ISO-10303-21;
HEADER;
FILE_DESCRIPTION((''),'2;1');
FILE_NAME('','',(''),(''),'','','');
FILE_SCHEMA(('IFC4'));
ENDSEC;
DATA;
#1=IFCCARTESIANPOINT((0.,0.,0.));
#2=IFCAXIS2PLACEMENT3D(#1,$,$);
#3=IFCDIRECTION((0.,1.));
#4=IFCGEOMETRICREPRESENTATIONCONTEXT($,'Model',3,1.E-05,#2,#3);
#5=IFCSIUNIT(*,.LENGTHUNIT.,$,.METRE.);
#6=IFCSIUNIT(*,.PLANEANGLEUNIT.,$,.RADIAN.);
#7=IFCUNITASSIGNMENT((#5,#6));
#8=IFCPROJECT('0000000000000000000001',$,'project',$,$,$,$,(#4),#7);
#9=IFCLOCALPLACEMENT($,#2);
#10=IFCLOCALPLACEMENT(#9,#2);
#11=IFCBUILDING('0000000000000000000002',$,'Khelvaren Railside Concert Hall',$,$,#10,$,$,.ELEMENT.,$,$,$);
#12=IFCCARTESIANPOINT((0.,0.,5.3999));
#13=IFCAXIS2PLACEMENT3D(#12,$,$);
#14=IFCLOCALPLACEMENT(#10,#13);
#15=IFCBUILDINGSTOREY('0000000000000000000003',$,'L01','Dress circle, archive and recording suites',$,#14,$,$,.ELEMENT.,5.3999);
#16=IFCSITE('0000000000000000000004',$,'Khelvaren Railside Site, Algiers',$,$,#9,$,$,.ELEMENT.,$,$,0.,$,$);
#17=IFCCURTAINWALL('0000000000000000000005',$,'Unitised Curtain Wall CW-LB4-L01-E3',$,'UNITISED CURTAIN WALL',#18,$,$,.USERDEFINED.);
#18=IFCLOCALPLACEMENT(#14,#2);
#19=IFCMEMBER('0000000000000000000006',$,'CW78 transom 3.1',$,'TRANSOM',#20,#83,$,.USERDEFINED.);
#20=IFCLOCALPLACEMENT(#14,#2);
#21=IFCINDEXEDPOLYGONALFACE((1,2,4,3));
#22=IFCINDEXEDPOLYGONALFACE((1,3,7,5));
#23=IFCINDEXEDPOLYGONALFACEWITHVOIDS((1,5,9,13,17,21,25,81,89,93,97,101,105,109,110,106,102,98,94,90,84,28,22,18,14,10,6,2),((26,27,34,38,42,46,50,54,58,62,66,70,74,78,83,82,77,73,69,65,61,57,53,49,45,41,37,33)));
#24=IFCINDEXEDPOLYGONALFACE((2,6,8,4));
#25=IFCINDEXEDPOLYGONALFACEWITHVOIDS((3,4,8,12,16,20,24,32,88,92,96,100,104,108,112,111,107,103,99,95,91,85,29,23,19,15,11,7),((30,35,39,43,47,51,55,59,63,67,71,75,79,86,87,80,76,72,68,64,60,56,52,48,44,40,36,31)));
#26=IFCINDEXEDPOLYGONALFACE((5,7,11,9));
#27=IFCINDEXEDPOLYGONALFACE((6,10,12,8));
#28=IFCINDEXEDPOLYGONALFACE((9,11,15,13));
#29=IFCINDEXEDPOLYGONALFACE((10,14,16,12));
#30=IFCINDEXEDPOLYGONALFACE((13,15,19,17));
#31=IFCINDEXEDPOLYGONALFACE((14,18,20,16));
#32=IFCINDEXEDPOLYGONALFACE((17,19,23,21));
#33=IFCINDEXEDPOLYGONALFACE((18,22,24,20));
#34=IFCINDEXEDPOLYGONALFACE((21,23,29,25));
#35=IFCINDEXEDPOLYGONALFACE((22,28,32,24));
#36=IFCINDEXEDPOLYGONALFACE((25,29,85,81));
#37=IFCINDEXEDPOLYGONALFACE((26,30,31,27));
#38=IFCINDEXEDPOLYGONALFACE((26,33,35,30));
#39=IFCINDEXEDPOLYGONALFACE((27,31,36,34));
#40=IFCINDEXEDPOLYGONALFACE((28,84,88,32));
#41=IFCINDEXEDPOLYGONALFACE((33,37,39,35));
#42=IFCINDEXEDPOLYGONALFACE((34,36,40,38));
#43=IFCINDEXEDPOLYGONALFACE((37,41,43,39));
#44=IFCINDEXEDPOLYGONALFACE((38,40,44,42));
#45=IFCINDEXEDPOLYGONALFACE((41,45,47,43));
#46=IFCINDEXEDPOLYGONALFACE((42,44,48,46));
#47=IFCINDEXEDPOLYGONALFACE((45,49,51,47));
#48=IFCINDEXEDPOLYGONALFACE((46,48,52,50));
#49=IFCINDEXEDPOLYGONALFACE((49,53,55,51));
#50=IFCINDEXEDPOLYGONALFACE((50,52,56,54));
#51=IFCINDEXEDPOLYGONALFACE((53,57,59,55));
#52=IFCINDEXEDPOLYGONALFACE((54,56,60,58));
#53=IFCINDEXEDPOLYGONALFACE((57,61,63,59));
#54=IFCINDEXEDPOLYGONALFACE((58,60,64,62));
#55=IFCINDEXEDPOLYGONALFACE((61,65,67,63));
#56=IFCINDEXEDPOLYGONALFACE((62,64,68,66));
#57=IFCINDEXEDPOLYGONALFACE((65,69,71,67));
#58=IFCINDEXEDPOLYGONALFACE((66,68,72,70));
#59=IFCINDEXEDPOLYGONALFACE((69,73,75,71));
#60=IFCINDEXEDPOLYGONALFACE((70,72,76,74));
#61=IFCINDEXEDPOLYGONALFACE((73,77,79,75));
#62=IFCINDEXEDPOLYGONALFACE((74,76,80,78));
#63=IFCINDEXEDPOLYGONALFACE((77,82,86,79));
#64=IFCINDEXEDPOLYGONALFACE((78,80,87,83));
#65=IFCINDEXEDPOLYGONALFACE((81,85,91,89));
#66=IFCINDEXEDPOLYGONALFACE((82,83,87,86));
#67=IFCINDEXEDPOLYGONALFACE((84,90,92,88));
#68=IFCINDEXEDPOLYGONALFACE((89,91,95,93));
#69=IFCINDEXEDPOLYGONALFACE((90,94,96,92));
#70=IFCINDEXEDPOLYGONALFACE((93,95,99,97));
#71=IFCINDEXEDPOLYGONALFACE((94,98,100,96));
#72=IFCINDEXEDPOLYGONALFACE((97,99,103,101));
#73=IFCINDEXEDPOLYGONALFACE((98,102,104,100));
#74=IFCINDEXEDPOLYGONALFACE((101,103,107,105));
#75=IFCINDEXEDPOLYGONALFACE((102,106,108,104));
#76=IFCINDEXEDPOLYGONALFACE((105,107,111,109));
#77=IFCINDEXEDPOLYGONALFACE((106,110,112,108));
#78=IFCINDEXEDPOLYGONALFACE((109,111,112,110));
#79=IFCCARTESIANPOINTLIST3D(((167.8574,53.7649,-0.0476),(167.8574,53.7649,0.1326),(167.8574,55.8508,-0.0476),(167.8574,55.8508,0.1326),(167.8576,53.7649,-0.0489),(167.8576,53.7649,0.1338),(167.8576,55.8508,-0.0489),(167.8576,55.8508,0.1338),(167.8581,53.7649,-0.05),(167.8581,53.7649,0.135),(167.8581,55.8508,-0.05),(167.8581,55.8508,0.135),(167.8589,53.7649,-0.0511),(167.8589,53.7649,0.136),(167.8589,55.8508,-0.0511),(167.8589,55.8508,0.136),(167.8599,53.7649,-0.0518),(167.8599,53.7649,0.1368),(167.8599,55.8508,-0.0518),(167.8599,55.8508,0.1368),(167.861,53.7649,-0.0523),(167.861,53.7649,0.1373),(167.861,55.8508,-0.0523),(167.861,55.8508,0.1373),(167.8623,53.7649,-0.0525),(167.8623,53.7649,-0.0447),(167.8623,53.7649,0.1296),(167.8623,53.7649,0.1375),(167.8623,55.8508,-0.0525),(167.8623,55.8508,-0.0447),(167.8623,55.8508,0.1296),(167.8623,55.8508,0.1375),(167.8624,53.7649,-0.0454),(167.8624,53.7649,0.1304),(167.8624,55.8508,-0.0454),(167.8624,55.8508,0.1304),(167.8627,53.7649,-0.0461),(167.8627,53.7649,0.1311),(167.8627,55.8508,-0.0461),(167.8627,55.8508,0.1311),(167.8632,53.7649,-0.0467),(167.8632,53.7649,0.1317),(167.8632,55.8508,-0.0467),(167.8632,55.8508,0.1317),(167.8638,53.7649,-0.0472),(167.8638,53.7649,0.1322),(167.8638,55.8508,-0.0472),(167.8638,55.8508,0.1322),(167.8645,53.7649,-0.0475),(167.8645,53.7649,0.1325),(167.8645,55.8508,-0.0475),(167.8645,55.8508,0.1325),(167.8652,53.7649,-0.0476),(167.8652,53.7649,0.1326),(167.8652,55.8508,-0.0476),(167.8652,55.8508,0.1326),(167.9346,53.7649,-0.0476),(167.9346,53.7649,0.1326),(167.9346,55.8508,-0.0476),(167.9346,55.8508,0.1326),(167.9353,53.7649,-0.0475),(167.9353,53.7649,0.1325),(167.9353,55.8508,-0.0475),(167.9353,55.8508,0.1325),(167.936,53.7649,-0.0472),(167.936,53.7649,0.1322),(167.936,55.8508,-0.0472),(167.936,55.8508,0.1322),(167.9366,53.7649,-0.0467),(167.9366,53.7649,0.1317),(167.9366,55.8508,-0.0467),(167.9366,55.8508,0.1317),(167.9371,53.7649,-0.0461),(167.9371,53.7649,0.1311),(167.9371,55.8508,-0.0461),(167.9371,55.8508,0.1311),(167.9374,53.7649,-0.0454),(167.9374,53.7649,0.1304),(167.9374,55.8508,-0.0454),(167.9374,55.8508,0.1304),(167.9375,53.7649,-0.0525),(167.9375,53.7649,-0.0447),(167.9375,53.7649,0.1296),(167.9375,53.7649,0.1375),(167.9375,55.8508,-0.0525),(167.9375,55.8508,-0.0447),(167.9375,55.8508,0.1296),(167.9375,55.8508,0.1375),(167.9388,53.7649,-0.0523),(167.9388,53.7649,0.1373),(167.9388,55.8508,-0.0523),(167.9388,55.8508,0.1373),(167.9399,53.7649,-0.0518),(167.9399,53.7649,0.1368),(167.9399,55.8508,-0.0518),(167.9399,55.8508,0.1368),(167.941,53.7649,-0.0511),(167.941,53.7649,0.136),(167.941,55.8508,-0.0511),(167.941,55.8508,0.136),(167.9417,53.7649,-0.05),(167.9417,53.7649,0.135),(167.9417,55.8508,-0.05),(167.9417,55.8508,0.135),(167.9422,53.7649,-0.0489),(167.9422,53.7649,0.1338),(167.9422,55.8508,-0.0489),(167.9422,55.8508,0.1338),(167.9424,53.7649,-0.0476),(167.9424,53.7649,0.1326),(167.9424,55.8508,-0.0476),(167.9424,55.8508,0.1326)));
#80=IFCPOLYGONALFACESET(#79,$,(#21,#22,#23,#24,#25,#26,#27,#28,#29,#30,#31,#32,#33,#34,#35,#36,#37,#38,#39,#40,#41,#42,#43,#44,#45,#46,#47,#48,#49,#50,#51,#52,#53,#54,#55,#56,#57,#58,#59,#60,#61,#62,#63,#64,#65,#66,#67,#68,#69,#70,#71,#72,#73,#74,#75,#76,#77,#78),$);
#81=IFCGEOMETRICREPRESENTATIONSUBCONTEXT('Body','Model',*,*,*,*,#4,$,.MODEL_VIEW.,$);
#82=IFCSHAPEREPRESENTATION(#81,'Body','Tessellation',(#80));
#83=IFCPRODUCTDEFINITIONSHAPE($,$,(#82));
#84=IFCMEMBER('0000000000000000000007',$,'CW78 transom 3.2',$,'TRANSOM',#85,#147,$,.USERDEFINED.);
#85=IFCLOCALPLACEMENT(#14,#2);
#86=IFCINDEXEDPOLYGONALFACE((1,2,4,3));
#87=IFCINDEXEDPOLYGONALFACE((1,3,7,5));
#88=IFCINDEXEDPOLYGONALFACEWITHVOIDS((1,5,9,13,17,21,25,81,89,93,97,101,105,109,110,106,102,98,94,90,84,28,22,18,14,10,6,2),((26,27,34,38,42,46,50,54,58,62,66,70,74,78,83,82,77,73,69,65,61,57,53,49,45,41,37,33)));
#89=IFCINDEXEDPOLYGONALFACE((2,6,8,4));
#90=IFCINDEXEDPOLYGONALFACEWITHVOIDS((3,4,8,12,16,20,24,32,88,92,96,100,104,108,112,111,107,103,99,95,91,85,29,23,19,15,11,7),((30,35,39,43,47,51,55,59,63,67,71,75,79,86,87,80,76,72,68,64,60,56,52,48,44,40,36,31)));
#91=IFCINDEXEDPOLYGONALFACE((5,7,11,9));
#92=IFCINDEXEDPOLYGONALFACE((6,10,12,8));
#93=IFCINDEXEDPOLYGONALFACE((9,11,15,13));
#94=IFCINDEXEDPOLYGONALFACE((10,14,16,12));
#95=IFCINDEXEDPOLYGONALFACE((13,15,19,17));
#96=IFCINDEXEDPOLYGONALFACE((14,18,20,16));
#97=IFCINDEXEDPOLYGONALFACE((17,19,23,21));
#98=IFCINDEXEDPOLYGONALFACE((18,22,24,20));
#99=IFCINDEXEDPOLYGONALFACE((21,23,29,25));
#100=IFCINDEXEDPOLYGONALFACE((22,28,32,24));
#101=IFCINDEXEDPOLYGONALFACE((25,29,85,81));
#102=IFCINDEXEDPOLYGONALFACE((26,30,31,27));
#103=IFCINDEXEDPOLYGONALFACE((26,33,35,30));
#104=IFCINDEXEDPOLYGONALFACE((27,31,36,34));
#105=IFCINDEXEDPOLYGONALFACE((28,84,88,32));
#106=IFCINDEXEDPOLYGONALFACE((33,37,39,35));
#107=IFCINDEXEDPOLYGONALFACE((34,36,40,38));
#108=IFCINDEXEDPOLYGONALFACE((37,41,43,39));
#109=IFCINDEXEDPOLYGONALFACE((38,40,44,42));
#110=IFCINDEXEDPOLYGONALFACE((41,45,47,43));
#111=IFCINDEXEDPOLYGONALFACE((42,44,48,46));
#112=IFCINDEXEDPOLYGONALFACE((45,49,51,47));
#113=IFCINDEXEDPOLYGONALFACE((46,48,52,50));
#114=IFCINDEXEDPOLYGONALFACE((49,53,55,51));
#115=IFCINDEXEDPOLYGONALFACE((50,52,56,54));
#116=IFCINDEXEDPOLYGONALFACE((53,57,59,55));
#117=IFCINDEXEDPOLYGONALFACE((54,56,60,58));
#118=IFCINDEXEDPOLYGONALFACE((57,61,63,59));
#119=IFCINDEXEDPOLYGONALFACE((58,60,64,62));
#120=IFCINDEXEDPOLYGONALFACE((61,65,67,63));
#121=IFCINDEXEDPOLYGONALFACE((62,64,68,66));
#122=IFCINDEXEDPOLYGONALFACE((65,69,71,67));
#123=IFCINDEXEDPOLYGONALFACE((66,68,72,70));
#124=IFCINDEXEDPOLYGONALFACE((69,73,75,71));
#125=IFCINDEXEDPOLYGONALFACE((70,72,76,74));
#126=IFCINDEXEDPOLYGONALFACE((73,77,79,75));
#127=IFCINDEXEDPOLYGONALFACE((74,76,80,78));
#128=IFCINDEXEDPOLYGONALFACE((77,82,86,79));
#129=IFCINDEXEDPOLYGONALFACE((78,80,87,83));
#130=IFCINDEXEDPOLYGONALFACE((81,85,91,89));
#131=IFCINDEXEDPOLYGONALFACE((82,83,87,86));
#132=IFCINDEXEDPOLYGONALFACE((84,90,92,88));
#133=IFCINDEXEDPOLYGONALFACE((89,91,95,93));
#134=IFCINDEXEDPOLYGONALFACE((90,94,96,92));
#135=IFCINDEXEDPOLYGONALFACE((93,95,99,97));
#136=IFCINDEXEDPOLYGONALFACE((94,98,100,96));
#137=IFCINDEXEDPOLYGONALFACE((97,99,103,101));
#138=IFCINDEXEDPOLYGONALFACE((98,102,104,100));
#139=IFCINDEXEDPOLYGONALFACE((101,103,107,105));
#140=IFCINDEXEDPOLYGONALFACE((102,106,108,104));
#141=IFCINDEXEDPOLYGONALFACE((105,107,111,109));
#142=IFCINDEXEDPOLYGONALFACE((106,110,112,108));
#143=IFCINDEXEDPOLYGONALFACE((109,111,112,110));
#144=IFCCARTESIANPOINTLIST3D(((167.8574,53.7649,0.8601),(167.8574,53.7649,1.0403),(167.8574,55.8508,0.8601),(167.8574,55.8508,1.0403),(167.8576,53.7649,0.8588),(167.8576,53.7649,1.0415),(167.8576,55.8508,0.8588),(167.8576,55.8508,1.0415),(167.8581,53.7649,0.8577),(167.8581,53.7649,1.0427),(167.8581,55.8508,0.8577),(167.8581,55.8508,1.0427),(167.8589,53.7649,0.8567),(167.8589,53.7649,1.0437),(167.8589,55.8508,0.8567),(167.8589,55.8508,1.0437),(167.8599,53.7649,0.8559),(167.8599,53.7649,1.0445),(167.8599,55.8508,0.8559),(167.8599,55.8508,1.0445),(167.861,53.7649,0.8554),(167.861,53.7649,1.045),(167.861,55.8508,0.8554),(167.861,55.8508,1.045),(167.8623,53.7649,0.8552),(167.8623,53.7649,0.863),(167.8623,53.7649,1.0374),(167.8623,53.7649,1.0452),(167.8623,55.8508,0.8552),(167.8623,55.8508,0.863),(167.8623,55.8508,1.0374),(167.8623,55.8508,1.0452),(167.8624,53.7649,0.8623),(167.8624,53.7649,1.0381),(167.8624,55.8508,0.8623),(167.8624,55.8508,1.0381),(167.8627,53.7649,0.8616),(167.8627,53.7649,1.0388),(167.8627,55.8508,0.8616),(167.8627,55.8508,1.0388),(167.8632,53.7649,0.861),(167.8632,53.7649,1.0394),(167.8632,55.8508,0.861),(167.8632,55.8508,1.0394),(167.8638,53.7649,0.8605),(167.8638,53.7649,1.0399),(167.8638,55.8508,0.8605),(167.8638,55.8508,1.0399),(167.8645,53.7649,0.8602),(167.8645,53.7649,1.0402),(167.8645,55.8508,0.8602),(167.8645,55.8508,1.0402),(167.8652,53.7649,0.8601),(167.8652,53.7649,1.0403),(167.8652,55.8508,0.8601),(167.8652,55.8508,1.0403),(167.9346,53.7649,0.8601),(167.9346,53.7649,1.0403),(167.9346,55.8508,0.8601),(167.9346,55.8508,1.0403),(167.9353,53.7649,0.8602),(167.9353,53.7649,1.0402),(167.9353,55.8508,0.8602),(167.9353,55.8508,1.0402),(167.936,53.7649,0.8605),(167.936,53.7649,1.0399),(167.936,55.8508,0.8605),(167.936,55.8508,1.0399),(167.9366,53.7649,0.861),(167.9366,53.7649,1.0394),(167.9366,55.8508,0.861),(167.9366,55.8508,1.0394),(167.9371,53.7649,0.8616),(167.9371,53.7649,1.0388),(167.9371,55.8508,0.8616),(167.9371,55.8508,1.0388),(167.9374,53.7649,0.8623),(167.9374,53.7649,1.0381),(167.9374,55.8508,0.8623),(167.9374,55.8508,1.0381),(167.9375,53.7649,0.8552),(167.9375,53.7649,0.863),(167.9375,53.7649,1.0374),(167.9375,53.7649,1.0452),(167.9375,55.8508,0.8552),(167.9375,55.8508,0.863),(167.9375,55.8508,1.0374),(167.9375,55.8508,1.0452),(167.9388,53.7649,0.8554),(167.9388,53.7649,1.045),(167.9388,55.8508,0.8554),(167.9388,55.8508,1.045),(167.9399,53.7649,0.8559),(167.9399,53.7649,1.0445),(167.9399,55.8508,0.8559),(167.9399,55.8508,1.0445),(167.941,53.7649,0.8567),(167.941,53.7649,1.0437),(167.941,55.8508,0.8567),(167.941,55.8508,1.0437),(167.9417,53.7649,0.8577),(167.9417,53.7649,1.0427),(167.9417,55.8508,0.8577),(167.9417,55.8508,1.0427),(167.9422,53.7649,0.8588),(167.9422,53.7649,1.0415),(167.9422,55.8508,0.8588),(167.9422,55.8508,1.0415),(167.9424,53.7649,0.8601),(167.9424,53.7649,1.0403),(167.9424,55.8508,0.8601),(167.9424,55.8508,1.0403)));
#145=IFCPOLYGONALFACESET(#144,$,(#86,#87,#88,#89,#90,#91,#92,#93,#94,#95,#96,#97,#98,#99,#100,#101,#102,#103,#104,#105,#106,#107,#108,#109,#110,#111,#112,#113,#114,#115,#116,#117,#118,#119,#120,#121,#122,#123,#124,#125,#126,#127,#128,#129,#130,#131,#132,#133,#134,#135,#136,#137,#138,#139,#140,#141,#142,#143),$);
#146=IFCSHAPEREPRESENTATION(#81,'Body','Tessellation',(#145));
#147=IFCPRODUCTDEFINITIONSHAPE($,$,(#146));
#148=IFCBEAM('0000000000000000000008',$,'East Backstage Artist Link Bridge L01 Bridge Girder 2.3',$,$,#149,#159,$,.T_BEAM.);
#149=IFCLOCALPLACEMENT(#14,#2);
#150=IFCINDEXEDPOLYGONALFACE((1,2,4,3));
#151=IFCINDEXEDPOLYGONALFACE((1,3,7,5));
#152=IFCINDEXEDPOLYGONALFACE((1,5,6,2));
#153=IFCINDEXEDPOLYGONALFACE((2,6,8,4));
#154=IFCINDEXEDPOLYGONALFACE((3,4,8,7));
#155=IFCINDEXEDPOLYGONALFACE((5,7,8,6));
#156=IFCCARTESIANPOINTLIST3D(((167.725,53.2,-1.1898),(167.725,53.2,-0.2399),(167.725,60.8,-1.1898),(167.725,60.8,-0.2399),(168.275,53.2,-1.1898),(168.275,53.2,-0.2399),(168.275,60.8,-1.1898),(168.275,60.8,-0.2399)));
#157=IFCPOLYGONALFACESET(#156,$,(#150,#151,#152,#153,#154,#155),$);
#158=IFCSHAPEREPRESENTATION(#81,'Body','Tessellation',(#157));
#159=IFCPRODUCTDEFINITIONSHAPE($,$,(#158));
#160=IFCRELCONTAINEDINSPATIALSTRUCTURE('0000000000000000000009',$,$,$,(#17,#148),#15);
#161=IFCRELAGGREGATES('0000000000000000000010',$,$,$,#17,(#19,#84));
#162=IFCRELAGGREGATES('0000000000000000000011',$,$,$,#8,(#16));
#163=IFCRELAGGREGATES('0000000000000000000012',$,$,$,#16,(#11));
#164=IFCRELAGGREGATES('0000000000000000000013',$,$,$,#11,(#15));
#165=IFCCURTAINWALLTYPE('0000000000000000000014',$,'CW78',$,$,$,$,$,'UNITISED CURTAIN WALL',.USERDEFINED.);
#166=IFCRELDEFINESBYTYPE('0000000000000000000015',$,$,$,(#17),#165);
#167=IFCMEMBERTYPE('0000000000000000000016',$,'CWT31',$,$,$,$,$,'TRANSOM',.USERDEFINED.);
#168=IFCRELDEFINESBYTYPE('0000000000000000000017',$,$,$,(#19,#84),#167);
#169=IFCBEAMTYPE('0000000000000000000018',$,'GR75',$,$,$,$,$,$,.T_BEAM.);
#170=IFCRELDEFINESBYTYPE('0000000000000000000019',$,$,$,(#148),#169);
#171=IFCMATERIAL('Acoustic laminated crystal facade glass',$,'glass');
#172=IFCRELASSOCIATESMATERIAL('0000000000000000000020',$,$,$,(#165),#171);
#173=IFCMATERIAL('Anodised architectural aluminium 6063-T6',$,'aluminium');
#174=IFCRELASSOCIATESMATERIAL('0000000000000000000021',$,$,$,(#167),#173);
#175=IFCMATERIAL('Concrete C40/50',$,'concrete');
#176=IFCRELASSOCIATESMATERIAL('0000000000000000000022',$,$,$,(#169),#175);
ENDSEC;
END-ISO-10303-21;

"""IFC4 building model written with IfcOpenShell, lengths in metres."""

from ifc_helpers import new_model, si_unit, direction, frame, origin, origin_2d, place, context, subcontext, project, spatial, rectangle, hollow_rectangle, extrude, material, material_profile, profile_set, type_object, element, aggregate, save


model = new_model("IFC4")

# Units and contexts
model_context = context("Model", 3, precision=1e-05, world=origin(), true_north=direction((0.0, 1.0)))
body_context = subcontext(model_context, "Body", "Model", "MODEL_VIEW")
ifc_project = project(units=[si_unit("LENGTHUNIT", "METRE"), si_unit("PLANEANGLEUNIT", "RADIAN")], contexts=[model_context])

# Site, building, storey
site_placement = place(None, origin())
site = spatial("IfcSite", under=ifc_project, at=site_placement, Name="Khelvaren Railside Site, Algiers", CompositionType="ELEMENT", RefElevation=0.0)
building_placement = place(site_placement, origin())
building = spatial("IfcBuilding", under=site, at=building_placement, Name="Khelvaren Railside Concert Hall", CompositionType="ELEMENT")
storey_placement = place(building_placement, frame((0.0, 0.0, 5.3999)))
storey = spatial("IfcBuildingStorey", under=building, at=storey_placement, Name="L01", Description="Dress circle, archive and recording suites", CompositionType="ELEMENT", Elevation=5.3999)

# Shared definitions
ifc_material_1 = material(Name="Acoustic laminated crystal facade glass", Category="glass")
curtain_wall_type = type_object("IfcCurtainWallType", Name="CW78", ElementType="UNITISED CURTAIN WALL", PredefinedType="USERDEFINED", material=ifc_material_1)
ifc_material_2 = material(Name="Anodised architectural aluminium 6063-T6", Category="aluminium")

# Curtain wall
curtain_wall_1_placement = place(storey_placement, origin())
curtain_wall_1 = element("IfcCurtainWall", 1, at=curtain_wall_1_placement, inside=storey, type_object=curtain_wall_type, Name="Unitised Curtain Wall CW-LB4-L01-E3", ObjectType="UNITISED CURTAIN WALL", PredefinedType="USERDEFINED")

# Members
ifc_material_profile_1 = material_profile(ifc_material_2, hollow_rectangle(XDim=0.085, YDim=0.1899, WallThickness=0.0049, InnerFilletRadius=0.0029, OuterFilletRadius=0.0049, at=origin_2d()), Name="CWT 85x190x5")
ifc_profile_set_1 = profile_set([ifc_material_profile_1], Name="Anodised architectural aluminium 6063-T6")
member_type_1 = type_object("IfcMemberType", Name="CWT31", ElementType="TRANSOM", PredefinedType="USERDEFINED", material=ifc_profile_set_1)
member_1_placement = place(storey_placement, frame((167.8999, 55.8508, 0.0425), z_axis=(0.0, -1.0, 0.0), x_axis=(1.0, 0.0, 0.0)))
member_1 = element("IfcMember", 2, at=member_1_placement, type_object=member_type_1, Name="CW78 transom 3.1", ObjectType="TRANSOM", PredefinedType="USERDEFINED", context=body_context, shape_type="SweptSolid", body=[
    extrude(hollow_rectangle(XDim=0.085, YDim=0.1899, WallThickness=0.0049, InnerFilletRadius=0.0029, OuterFilletRadius=0.0049, at=origin_2d()), origin(), (0.0, 0.0, 1.0), 2.0859),
])
member_2_placement = place(storey_placement, frame((167.8999, 55.8508, 0.9502), z_axis=(0.0, -1.0, 0.0), x_axis=(1.0, 0.0, 0.0)))
member_2 = element("IfcMember", 3, at=member_2_placement, type_object=member_type_1, Name="CW78 transom 3.2", ObjectType="TRANSOM", PredefinedType="USERDEFINED", context=body_context, shape_type="SweptSolid", body=[
    extrude(hollow_rectangle(XDim=0.085, YDim=0.1899, WallThickness=0.0049, InnerFilletRadius=0.0029, OuterFilletRadius=0.0049, at=origin_2d()), origin(), (0.0, 0.0, 1.0), 2.0859),
])

# Beam
ifc_material_3 = material(Name="Concrete C40/50", Category="concrete")
ifc_material_profile_2 = material_profile(ifc_material_3, rectangle(XDim=0.55, YDim=0.95, at=origin_2d()), Name="RCB 550x950")
ifc_profile_set_2 = profile_set([ifc_material_profile_2], Name="Concrete C40/50")
beam_type_1 = type_object("IfcBeamType", Name="GR75", PredefinedType="T_BEAM", material=ifc_profile_set_2)
beam_1_placement = place(storey_placement, frame((168.0, 53.2, -0.7148), z_axis=(0.0, 1.0, 0.0), x_axis=(-1.0, 0.0, 0.0)))
element("IfcBeam", 4, at=beam_1_placement, inside=storey, type_object=beam_type_1, Name="East Backstage Artist Link Bridge L01 Bridge Girder 2.3", PredefinedType="T_BEAM", context=body_context, shape_type="SweptSolid", body=[
    extrude(rectangle(XDim=0.55, YDim=0.95, at=origin_2d()), origin(), (0.0, 0.0, 1.0), 7.6001),
])

aggregate(curtain_wall_1, [member_1, member_2])

save(model, "model.ifc")
